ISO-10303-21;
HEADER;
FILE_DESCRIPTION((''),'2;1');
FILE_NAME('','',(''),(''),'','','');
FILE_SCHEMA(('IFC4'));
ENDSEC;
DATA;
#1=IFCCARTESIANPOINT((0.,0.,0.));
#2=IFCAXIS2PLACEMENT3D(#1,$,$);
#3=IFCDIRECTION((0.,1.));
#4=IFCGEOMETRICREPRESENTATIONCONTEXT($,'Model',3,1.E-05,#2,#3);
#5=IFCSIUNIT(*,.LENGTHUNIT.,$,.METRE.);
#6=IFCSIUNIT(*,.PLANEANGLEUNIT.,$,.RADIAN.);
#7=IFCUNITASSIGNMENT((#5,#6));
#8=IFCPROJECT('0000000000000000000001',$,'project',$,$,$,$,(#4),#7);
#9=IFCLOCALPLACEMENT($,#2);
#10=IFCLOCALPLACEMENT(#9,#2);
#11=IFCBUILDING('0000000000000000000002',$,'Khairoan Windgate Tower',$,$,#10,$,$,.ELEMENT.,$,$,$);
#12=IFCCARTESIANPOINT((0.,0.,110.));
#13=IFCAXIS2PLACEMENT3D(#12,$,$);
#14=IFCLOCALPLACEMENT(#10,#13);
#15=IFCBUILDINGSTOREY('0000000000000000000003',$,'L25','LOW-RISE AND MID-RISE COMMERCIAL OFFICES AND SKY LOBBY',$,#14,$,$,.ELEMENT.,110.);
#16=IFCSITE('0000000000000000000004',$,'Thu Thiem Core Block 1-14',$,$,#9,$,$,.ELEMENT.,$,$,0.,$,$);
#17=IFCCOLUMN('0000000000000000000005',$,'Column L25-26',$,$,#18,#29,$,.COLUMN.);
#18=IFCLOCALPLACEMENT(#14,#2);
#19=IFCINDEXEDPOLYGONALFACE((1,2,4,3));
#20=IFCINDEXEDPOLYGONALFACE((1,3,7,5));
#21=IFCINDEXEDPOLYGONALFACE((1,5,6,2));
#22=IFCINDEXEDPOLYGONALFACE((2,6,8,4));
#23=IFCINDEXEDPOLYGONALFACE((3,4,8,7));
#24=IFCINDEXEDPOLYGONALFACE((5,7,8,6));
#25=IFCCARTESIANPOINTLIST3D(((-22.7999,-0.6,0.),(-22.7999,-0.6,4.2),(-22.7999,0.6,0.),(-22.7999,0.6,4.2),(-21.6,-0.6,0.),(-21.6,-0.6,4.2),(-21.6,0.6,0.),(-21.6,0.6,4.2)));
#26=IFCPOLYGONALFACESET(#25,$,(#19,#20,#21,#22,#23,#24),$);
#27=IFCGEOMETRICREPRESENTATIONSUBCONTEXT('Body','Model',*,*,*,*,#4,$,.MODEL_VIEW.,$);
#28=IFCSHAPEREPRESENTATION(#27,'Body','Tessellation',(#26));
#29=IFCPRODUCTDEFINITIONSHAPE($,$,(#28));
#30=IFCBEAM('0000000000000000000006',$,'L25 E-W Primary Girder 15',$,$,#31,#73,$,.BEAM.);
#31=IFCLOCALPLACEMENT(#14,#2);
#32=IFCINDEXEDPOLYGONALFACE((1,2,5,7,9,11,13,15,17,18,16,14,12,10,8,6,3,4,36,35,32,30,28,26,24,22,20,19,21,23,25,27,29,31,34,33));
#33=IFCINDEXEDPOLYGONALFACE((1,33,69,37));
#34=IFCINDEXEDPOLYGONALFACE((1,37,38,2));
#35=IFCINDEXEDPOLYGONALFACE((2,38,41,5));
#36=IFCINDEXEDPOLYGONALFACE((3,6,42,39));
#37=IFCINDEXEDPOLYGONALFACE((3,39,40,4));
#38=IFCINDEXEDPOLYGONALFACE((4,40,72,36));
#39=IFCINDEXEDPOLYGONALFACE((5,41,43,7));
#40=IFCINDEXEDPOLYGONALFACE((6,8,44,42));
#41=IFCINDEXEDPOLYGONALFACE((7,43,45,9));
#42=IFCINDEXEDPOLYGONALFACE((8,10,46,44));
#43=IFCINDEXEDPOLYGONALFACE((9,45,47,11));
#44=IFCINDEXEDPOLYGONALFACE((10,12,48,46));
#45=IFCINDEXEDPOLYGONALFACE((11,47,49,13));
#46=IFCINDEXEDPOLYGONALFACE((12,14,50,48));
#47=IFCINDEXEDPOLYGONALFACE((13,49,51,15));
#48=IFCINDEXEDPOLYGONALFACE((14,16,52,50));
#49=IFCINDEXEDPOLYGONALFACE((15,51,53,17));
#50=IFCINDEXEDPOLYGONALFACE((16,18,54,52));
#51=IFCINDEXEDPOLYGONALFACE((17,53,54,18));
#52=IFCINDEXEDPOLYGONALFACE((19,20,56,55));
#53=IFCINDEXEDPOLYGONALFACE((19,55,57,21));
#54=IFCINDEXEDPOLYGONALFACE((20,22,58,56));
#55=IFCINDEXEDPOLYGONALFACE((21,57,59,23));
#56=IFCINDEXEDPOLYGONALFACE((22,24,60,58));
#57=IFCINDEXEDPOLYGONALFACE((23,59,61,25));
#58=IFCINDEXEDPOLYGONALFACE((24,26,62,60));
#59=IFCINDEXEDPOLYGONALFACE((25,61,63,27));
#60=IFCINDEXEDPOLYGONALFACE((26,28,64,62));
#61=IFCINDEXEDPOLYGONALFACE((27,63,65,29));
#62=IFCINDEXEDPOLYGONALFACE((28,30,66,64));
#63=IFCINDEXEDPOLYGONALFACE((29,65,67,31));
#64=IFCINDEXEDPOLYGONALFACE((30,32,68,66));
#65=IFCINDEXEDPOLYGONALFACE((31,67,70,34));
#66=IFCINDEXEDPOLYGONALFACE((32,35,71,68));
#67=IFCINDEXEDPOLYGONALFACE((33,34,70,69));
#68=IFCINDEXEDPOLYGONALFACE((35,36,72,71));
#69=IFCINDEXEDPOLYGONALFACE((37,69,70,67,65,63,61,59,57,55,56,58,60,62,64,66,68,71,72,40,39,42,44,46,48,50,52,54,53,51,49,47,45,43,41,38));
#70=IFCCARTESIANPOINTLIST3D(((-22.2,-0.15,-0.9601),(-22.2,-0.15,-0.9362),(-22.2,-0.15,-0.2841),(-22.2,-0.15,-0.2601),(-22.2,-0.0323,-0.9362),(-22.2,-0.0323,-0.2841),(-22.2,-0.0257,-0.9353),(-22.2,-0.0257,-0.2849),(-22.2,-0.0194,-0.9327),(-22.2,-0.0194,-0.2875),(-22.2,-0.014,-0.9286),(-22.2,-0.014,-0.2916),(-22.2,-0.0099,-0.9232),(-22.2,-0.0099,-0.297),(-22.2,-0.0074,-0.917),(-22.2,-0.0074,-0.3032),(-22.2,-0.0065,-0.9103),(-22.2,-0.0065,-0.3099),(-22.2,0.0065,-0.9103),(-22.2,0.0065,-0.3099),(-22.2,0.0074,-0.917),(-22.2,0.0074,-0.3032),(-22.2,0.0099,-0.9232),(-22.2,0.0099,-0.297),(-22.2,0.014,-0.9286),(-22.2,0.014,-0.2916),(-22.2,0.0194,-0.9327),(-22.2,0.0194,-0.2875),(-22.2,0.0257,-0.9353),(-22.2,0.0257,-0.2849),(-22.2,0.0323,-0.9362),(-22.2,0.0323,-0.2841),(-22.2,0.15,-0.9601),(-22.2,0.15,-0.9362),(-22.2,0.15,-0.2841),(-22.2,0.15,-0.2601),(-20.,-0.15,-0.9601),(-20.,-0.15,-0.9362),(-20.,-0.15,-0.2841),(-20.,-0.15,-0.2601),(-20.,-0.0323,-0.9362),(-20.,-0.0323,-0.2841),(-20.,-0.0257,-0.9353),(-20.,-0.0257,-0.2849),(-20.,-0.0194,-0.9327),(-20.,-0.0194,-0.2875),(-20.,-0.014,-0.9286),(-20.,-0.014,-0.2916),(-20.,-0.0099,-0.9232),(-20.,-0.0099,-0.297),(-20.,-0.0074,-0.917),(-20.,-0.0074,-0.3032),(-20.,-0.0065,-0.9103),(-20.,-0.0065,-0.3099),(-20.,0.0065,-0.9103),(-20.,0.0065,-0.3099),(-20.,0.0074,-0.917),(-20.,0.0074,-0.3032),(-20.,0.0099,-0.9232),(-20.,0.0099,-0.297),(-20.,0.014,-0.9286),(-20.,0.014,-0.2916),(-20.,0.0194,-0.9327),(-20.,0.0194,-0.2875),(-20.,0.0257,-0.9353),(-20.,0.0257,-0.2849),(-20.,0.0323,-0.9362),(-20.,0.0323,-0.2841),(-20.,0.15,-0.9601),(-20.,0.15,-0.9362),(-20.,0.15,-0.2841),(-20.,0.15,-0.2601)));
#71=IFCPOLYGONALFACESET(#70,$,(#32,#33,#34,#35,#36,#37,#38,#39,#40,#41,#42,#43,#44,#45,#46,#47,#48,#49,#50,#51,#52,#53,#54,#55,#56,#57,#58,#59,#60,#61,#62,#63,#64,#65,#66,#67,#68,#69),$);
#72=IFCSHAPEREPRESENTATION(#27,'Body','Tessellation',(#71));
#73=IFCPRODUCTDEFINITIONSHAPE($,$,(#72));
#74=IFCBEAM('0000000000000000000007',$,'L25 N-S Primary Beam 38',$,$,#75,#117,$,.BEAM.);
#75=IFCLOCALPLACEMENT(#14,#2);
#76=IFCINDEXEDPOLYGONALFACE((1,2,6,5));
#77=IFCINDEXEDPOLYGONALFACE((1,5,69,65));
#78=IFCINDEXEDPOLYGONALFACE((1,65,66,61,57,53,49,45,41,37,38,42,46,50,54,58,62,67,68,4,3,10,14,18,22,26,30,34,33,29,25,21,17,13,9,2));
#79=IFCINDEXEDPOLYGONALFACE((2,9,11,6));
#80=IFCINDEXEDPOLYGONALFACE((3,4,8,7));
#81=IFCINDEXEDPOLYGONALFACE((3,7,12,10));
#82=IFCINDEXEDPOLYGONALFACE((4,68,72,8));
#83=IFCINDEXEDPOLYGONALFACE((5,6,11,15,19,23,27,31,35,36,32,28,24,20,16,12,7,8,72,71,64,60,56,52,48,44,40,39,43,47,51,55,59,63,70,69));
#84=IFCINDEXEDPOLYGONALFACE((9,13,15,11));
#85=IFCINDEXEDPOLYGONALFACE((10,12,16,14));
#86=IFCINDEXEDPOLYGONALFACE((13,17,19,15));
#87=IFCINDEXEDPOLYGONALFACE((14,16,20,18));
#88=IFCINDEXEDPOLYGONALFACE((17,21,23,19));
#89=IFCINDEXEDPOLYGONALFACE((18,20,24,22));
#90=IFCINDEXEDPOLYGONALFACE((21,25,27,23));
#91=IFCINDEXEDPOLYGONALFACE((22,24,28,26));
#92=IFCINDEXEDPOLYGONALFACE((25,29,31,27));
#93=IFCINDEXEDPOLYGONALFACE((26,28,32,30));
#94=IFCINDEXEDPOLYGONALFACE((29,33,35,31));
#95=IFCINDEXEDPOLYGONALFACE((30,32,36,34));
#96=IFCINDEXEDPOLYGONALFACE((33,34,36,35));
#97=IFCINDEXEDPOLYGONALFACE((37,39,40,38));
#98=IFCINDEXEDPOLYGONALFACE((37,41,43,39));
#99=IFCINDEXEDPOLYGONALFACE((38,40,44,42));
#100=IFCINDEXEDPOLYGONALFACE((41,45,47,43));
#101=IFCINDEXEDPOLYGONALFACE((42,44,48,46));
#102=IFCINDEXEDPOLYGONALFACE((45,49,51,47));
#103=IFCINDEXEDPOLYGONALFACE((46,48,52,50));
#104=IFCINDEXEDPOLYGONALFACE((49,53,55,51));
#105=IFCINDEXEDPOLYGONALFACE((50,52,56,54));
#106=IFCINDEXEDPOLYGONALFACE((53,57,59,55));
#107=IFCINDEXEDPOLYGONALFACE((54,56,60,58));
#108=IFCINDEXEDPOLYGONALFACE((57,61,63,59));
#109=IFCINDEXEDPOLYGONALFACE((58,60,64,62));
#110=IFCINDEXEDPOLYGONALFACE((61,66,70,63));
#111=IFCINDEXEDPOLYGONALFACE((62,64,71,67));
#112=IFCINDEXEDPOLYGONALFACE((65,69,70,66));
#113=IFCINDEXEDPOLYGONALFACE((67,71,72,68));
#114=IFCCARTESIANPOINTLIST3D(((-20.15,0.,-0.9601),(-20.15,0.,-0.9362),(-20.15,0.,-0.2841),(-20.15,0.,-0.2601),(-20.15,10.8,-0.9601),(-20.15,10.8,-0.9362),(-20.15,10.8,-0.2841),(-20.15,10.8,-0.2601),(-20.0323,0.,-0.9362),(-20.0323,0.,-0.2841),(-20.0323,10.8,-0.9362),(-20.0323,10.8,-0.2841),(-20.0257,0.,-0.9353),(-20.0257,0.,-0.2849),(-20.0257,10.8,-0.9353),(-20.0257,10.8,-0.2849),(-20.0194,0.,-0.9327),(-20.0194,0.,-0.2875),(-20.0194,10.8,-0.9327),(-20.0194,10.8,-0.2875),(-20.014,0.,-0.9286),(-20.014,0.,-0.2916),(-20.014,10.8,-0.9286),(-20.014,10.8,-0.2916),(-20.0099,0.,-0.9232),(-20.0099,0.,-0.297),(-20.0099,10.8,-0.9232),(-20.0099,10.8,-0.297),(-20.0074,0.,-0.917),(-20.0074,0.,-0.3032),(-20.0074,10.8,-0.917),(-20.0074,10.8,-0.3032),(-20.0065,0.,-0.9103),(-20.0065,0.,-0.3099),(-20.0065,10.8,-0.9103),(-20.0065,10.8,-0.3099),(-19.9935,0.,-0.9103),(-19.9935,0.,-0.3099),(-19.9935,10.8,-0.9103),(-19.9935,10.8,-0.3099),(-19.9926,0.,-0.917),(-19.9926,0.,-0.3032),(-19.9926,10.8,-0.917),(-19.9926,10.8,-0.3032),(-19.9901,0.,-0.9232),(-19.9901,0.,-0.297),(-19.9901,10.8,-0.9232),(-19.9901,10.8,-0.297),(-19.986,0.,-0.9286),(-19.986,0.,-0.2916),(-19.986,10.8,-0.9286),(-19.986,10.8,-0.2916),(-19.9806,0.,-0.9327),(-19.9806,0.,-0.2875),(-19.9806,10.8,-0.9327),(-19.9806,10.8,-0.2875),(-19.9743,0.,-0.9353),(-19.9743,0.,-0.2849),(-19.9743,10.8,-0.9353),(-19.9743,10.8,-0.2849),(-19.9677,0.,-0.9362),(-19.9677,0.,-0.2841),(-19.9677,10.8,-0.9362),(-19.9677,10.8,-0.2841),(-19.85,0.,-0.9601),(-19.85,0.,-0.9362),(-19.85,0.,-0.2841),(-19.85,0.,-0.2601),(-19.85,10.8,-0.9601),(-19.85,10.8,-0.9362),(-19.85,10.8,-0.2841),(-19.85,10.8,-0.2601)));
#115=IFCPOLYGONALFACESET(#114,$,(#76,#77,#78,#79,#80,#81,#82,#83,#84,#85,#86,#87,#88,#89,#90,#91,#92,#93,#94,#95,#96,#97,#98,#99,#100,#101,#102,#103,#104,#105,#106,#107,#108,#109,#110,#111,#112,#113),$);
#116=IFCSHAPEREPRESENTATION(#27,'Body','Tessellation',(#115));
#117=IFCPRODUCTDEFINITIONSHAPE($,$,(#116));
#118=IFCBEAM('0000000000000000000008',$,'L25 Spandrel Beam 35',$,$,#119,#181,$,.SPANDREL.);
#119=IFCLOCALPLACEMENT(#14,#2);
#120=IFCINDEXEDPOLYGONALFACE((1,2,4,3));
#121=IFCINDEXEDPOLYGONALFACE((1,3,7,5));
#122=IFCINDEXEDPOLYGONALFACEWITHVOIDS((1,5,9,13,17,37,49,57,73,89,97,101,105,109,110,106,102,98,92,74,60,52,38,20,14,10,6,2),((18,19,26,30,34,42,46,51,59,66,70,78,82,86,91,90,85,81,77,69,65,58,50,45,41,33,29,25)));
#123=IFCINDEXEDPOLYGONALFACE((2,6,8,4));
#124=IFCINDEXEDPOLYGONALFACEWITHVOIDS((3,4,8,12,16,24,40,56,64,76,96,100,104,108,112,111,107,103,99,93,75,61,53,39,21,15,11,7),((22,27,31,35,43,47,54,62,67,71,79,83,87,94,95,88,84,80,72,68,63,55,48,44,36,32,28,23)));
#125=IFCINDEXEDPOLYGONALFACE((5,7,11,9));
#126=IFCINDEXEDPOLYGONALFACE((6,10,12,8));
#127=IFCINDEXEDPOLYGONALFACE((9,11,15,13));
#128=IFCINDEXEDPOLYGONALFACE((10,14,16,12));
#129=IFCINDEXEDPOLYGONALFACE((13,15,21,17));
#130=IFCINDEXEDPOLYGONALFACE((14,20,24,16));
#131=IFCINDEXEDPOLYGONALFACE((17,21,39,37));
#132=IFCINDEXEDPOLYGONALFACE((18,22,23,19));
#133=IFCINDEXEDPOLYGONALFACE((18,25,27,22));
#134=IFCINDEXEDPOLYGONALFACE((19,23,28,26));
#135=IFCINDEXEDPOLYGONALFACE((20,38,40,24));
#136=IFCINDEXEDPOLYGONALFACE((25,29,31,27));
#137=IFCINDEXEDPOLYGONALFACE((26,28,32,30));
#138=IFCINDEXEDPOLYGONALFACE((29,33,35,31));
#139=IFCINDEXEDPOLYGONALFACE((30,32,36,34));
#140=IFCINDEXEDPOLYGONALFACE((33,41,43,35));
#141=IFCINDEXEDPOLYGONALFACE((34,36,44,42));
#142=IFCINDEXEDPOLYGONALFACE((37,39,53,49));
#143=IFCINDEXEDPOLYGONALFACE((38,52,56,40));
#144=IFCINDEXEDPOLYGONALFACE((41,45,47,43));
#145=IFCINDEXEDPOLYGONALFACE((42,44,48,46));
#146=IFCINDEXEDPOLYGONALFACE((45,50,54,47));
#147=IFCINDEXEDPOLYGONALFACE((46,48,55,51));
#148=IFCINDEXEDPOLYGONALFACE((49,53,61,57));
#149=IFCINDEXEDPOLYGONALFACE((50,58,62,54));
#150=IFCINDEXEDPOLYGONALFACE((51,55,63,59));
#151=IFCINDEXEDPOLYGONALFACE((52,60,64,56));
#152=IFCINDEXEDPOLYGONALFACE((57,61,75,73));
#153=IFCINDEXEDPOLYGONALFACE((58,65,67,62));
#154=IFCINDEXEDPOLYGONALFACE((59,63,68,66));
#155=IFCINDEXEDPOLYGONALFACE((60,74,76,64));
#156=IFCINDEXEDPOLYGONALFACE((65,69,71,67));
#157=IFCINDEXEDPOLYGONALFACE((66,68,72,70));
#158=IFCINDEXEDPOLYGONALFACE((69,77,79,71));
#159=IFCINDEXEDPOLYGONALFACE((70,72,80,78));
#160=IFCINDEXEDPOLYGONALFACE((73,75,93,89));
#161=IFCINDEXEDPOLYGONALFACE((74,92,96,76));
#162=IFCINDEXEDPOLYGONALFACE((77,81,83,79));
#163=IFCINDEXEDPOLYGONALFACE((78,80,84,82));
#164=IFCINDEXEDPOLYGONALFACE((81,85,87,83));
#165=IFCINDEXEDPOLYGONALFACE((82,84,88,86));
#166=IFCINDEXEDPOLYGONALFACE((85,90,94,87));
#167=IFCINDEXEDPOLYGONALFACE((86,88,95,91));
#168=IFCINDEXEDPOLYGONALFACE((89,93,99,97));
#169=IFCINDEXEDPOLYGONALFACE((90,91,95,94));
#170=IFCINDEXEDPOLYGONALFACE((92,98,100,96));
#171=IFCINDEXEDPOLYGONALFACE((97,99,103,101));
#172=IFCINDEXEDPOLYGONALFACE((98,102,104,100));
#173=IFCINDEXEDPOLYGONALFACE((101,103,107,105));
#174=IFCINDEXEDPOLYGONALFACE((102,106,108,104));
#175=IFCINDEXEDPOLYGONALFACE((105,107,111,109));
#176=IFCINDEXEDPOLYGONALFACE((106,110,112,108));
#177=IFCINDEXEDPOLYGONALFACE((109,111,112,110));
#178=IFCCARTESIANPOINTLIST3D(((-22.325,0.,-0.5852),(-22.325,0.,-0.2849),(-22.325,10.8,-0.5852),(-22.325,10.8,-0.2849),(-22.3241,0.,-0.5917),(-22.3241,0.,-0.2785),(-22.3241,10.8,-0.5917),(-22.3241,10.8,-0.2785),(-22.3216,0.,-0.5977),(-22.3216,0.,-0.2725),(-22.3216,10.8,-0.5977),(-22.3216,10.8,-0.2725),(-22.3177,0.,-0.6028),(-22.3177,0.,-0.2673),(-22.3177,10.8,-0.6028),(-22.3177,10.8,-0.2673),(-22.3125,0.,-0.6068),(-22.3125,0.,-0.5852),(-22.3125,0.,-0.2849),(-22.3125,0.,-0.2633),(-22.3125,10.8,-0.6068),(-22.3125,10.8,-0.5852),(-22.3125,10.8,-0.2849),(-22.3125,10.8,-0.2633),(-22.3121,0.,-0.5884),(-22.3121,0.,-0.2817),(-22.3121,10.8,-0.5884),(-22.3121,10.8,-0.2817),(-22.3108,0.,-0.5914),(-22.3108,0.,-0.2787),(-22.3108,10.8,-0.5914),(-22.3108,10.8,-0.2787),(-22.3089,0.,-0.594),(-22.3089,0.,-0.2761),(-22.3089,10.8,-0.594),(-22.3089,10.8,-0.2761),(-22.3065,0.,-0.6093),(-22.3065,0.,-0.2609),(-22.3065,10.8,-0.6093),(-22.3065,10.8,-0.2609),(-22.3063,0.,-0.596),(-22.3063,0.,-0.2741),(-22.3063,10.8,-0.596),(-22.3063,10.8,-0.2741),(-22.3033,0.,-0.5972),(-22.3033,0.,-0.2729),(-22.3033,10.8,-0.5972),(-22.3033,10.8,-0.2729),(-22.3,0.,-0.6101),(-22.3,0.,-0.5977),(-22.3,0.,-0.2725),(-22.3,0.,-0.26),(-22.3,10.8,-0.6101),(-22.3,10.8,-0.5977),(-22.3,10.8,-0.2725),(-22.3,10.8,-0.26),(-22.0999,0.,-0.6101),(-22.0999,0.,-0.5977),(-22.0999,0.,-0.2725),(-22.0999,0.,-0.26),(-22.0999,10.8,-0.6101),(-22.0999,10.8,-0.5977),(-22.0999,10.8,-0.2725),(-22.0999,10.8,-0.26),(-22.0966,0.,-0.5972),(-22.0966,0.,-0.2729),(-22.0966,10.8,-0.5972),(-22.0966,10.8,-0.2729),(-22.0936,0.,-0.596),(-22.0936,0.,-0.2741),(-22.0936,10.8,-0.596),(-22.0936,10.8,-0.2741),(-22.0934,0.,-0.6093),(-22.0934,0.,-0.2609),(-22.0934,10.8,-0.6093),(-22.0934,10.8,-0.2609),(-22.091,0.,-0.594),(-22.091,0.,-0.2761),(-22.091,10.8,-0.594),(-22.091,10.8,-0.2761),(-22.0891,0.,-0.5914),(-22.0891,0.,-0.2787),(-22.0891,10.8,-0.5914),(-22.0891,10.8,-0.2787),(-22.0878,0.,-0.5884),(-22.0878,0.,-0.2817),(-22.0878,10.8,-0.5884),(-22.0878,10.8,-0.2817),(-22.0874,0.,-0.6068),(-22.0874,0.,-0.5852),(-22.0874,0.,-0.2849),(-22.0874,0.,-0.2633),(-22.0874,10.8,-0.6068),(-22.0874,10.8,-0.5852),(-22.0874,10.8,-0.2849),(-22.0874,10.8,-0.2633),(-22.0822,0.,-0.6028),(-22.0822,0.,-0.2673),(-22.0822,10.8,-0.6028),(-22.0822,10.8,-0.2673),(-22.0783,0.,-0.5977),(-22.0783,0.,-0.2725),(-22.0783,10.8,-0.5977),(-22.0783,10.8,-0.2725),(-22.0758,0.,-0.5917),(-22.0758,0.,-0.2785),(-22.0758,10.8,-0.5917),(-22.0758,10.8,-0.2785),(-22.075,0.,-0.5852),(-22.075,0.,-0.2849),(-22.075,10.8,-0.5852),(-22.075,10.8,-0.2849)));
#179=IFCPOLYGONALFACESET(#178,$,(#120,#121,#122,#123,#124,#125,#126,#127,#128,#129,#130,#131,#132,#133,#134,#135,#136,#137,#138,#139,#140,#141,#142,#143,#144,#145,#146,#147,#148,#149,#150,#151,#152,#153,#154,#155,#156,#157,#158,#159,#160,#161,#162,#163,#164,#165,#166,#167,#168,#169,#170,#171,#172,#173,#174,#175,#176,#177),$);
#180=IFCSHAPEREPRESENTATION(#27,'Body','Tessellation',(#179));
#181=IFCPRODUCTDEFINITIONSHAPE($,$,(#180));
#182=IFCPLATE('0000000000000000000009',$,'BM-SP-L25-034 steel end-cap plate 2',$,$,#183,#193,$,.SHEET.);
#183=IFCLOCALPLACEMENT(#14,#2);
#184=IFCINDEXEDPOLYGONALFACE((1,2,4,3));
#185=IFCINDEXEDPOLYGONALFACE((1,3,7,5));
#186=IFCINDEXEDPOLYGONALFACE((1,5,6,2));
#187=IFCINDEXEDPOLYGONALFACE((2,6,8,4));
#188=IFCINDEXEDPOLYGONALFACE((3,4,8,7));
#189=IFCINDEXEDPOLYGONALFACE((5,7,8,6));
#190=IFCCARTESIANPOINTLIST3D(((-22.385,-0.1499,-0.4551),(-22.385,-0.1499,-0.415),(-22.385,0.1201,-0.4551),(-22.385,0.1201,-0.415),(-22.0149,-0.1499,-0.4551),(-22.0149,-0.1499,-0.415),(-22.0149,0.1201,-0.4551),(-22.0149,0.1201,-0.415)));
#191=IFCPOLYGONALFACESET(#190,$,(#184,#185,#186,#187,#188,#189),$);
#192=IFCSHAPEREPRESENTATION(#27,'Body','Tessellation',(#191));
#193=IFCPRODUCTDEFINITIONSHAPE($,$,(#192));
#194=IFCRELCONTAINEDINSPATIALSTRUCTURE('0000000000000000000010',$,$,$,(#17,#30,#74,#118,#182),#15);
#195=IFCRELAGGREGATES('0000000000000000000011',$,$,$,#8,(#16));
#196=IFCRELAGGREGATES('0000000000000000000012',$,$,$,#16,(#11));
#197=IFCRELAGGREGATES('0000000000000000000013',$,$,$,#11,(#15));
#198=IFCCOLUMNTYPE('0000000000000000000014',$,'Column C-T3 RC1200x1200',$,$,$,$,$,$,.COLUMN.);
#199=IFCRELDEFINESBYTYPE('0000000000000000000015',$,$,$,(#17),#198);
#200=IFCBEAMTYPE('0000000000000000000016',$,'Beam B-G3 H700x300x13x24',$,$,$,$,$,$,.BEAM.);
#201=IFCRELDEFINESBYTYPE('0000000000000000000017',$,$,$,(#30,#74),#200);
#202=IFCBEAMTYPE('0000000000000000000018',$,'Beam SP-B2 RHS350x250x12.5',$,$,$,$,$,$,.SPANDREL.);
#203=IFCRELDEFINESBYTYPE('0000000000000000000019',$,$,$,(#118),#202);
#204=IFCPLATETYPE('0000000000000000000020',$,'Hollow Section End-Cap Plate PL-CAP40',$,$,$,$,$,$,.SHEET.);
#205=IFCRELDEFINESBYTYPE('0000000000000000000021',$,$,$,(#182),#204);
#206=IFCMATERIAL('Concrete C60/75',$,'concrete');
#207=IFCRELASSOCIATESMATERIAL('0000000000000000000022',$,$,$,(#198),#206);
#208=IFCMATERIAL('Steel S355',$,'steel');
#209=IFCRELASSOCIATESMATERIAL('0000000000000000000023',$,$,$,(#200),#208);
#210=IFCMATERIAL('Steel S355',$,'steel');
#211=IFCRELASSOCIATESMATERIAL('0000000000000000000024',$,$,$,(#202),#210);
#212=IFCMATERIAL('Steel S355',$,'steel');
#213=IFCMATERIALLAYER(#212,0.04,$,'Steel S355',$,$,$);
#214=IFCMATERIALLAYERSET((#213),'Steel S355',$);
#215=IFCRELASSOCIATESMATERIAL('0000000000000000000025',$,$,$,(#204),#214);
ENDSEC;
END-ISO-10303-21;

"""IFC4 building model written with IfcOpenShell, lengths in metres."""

from ifc_helpers import new_model, si_unit, direction, frame, origin, origin_2d, place, context, subcontext, project, spatial, rectangle, hollow_rectangle, i_section, extrude, material, layer, layer_set, material_profile, profile_set, type_object, element, save


model = new_model("IFC4")

# Units and contexts
model_context = context("Model", 3, precision=1e-05, world=origin(), true_north=direction((0.0, 1.0)))
body_context = subcontext(model_context, "Body", "Model", "MODEL_VIEW")
ifc_project = project(units=[si_unit("LENGTHUNIT", "METRE"), si_unit("PLANEANGLEUNIT", "RADIAN")], contexts=[model_context])

# Site, building, storey
site_placement = place(None, origin())
site = spatial("IfcSite", under=ifc_project, at=site_placement, Name="Thu Thiem Core Block 1-14", CompositionType="ELEMENT", RefElevation=0.0)
building_placement = place(site_placement, origin())
building = spatial("IfcBuilding", under=site, at=building_placement, Name="Khairoan Windgate Tower", CompositionType="ELEMENT")
storey_placement = place(building_placement, frame((0.0, 0.0, 110.0)))
storey = spatial("IfcBuildingStorey", under=building, at=storey_placement, Name="L25", Description="LOW-RISE AND MID-RISE COMMERCIAL OFFICES AND SKY LOBBY", CompositionType="ELEMENT", Elevation=110.0)

# Column
ifc_material_1 = material(Name="Concrete C60/75", Category="concrete")
ifc_material_profile_1 = material_profile(ifc_material_1, rectangle(XDim=1.2, YDim=1.2, at=origin_2d()))
ifc_profile_set_1 = profile_set([ifc_material_profile_1], Name="Concrete C60/75")
column_type = type_object("IfcColumnType", Name="Column C-T3 RC1200x1200", PredefinedType="COLUMN", material=ifc_profile_set_1)
column_placement = place(storey_placement, frame((-22.2, 0.0, 0.0), z_axis=(0.0, 0.0, 1.0), x_axis=(1.0, 0.0, 0.0)))
element("IfcColumn", 1, at=column_placement, inside=storey, type_object=column_type, Name="Column L25-26", PredefinedType="COLUMN", context=body_context, shape_type="SweptSolid", body=[
    extrude(rectangle(XDim=1.2, YDim=1.2, at=origin_2d()), origin(), (0.0, 0.0, 1.0), 4.2),
])

# Beams
ifc_material_2 = material(Name="Steel S355", Category="steel")
ifc_material_profile_2 = material_profile(ifc_material_2, i_section(OverallWidth=0.3, OverallDepth=0.7, WebThickness=0.0129, FlangeThickness=0.0239, FilletRadius=0.0259, at=origin_2d()))
ifc_profile_set_2 = profile_set([ifc_material_profile_2], Name="Steel S355")
beam_type_1 = type_object("IfcBeamType", Name="Beam B-G3 H700x300x13x24", PredefinedType="BEAM", material=ifc_profile_set_2)
beam_1_placement = place(storey_placement, frame((-22.2, 0.0, -0.6101), z_axis=(1.0, 0.0, 0.0), x_axis=(0.0, 1.0, 0.0)))
element("IfcBeam", 2, at=beam_1_placement, inside=storey, type_object=beam_type_1, Name="L25 E-W Primary Girder 15", PredefinedType="BEAM", context=body_context, shape_type="SweptSolid", body=[
    extrude(i_section(OverallWidth=0.3, OverallDepth=0.7, WebThickness=0.0129, FlangeThickness=0.0239, FilletRadius=0.0259, at=origin_2d()), origin(), (0.0, 0.0, 1.0), 2.2),
])
beam_2_placement = place(storey_placement, frame((-20.0, 0.0, -0.6101), z_axis=(0.0, 1.0, 0.0), x_axis=(-1.0, 0.0, 0.0)))
element("IfcBeam", 3, at=beam_2_placement, inside=storey, type_object=beam_type_1, Name="L25 N-S Primary Beam 38", PredefinedType="BEAM", context=body_context, shape_type="SweptSolid", body=[
    extrude(i_section(OverallWidth=0.3, OverallDepth=0.7, WebThickness=0.0129, FlangeThickness=0.0239, FilletRadius=0.0259, at=origin_2d()), origin(), (0.0, 0.0, 1.0), 10.8),
])
ifc_material_3 = material(Name="Steel S355", Category="steel")
ifc_material_profile_3 = material_profile(ifc_material_3, hollow_rectangle(XDim=0.25, YDim=0.3501, WallThickness=0.0125, InnerFilletRadius=0.0125, OuterFilletRadius=0.0249, at=origin_2d()))
ifc_profile_set_3 = profile_set([ifc_material_profile_3], Name="Steel S355")
beam_type_2 = type_object("IfcBeamType", Name="Beam SP-B2 RHS350x250x12.5", PredefinedType="SPANDREL", material=ifc_profile_set_3)
beam_3_placement = place(storey_placement, frame((-22.2, 0.0, -0.4351), z_axis=(0.0, 1.0, 0.0), x_axis=(-1.0, 0.0, 0.0)))
element("IfcBeam", 4, at=beam_3_placement, inside=storey, type_object=beam_type_2, Name="L25 Spandrel Beam 35", PredefinedType="SPANDREL", context=body_context, shape_type="SweptSolid", body=[
    extrude(hollow_rectangle(XDim=0.25, YDim=0.3501, WallThickness=0.0125, InnerFilletRadius=0.0125, OuterFilletRadius=0.0249, at=origin_2d()), origin(), (0.0, 0.0, 1.0), 10.8),
])

# Plate
ifc_material_4 = material(Name="Steel S355", Category="steel")
ifc_layer_1 = layer(ifc_material_4, 0.04, Name="Steel S355")
ifc_layer_set_1 = layer_set([ifc_layer_1], Name="Steel S355")
plate_type = type_object("IfcPlateType", Name="Hollow Section End-Cap Plate PL-CAP40", PredefinedType="SHEET", material=ifc_layer_set_1)
plate_placement = place(storey_placement, frame((-22.2, -0.0149, -0.4551), z_axis=(0.0, 0.0, 1.0), x_axis=(0.0, 1.0, 0.0)))
element("IfcPlate", 5, at=plate_placement, inside=storey, type_object=plate_type, Name="BM-SP-L25-034 steel end-cap plate 2", PredefinedType="SHEET", context=body_context, shape_type="SweptSolid", body=[
    extrude(rectangle(XDim=0.27, YDim=0.3701, at=origin_2d()), origin(), (0.0, 0.0, 1.0), 0.04),
])

save(model, "model.ifc")
